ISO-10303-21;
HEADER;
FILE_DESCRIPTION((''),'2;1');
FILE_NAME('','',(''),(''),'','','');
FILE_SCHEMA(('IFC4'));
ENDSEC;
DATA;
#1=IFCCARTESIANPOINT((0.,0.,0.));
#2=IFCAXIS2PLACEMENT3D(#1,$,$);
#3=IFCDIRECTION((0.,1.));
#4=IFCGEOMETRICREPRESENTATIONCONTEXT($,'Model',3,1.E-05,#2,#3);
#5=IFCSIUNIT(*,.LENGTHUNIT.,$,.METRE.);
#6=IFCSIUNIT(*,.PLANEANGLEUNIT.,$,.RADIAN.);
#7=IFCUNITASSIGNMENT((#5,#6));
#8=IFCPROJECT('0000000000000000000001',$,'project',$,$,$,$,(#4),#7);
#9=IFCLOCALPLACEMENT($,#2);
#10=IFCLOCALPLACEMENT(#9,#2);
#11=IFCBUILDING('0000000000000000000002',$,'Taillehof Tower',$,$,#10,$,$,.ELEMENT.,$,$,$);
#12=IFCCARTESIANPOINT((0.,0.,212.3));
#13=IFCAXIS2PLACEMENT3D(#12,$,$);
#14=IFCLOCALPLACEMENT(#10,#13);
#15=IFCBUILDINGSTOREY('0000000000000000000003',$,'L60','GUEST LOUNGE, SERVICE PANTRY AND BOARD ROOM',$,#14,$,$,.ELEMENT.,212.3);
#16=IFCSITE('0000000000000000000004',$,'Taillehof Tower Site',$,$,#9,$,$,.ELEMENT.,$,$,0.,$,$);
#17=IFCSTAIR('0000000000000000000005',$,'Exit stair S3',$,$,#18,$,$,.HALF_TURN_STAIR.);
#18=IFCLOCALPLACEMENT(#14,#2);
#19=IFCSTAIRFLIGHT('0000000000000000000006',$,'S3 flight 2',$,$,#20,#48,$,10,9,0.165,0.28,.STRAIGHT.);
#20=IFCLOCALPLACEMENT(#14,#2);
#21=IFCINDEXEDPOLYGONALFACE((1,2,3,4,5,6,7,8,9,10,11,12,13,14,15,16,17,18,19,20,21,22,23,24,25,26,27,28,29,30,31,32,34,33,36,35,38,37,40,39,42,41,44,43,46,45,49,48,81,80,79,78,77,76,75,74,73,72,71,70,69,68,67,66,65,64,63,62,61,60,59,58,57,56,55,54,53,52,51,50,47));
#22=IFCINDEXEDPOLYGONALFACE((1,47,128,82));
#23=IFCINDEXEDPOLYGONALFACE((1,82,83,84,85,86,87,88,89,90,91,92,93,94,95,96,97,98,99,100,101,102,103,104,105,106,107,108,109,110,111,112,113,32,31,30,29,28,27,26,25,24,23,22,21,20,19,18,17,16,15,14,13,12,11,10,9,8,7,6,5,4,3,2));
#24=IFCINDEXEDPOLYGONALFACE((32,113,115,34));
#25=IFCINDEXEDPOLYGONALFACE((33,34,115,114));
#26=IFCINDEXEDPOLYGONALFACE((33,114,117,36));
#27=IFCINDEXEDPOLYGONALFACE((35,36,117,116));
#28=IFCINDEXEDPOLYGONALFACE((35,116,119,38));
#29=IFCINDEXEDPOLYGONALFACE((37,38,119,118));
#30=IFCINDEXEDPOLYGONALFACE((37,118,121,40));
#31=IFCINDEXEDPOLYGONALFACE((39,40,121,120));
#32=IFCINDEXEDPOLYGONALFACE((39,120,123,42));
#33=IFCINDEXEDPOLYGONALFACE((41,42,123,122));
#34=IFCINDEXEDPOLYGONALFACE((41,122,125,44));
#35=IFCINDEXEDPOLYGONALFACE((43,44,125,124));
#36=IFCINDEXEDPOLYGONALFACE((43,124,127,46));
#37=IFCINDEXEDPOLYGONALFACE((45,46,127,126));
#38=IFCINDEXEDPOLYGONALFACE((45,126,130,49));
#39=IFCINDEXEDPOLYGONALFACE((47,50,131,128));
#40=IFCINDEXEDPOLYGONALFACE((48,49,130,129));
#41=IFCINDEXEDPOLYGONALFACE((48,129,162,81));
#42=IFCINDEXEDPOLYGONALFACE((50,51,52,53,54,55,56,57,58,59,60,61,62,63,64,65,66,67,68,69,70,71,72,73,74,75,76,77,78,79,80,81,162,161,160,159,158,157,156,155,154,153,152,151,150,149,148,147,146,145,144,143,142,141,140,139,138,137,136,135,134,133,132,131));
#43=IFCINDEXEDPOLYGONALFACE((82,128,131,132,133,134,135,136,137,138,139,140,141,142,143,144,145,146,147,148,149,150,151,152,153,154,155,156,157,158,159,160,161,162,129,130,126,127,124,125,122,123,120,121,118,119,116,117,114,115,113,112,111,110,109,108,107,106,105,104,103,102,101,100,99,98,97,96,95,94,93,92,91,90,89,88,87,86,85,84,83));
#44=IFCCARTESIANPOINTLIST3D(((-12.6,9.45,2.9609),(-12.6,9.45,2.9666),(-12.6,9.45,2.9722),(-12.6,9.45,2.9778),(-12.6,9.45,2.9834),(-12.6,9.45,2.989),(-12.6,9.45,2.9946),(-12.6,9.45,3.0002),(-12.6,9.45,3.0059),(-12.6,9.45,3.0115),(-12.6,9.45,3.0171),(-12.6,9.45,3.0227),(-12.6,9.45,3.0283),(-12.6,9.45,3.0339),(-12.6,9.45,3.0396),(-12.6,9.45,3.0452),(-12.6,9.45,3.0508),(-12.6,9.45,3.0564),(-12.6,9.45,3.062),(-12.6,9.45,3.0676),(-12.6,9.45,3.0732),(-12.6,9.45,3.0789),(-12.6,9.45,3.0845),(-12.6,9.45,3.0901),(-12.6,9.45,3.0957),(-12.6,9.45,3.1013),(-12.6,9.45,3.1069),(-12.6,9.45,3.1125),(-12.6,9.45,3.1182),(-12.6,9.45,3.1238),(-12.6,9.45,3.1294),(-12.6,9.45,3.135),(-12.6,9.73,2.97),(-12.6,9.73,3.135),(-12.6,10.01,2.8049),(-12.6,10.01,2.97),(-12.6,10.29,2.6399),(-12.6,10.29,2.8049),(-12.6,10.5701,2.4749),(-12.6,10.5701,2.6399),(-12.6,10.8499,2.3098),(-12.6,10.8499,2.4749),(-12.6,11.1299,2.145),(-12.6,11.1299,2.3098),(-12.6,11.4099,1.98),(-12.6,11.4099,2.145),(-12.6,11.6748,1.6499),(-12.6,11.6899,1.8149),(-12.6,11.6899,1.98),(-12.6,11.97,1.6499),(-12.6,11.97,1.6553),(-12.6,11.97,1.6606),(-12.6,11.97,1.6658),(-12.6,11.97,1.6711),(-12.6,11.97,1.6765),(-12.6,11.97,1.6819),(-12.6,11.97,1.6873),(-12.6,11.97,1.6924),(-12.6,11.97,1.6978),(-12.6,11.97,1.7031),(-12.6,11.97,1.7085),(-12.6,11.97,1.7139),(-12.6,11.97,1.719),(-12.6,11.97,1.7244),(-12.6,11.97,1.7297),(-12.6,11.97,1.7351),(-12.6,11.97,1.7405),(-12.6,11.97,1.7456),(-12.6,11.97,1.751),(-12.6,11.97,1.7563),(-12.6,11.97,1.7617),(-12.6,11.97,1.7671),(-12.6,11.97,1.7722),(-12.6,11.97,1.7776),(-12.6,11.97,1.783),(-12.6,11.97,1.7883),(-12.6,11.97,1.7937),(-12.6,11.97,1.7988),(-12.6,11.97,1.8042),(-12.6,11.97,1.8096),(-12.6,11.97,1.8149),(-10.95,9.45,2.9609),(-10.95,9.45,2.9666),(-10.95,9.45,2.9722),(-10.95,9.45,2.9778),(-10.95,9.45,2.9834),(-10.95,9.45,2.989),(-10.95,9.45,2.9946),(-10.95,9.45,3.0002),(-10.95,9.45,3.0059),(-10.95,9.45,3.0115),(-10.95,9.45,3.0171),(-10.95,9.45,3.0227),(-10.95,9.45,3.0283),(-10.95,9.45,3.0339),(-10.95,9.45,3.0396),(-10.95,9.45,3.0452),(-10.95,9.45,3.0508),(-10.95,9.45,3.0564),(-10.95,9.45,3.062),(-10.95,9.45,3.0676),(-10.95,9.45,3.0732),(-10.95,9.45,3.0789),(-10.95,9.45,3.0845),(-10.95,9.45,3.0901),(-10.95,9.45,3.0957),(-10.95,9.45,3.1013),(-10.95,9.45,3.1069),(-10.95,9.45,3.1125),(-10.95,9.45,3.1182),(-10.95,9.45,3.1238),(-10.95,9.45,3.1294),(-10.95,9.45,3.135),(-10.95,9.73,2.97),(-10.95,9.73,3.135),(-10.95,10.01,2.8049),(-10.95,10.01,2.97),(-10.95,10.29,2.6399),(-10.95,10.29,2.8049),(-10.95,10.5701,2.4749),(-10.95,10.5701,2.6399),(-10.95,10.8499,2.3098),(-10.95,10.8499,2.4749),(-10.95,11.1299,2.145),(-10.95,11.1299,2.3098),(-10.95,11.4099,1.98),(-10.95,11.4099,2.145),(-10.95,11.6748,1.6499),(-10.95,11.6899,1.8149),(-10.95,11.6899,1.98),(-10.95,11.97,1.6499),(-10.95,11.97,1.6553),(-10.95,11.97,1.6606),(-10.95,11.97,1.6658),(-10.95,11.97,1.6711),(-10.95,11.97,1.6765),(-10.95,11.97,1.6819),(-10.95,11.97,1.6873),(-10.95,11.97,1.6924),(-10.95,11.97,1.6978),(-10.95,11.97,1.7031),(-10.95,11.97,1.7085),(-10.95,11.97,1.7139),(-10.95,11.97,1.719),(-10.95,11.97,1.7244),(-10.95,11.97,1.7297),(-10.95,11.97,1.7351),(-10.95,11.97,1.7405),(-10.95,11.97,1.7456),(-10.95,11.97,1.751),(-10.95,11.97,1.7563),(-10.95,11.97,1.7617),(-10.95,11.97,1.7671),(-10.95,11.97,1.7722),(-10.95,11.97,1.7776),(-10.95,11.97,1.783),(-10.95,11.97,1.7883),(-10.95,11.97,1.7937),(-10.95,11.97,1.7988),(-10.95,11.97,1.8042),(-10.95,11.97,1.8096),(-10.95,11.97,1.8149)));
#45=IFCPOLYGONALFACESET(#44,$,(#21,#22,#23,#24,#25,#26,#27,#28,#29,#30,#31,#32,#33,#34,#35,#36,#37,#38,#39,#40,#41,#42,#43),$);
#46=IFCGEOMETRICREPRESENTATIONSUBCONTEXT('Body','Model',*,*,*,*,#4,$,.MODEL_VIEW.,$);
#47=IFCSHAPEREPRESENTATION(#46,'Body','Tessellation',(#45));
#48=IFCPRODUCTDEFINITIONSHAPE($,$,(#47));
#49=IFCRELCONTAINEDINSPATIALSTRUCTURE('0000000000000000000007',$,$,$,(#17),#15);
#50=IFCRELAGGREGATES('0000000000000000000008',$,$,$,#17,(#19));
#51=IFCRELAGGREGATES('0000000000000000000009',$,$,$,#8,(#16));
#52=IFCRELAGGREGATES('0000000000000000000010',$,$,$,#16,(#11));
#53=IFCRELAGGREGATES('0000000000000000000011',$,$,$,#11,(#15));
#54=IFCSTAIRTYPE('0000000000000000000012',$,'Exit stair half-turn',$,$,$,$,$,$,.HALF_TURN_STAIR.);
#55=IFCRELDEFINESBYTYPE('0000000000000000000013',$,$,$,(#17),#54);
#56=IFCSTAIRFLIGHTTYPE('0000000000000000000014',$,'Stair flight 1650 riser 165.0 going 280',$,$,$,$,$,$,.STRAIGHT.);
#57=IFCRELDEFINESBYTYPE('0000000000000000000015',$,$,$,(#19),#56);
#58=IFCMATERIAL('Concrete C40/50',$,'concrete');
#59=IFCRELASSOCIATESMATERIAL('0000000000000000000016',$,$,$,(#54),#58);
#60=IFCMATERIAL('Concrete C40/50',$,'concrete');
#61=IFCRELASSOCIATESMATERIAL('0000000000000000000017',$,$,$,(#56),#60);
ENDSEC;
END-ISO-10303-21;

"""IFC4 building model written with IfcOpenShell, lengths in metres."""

from ifc_helpers import new_model, si_unit, direction, frame, origin, place, context, subcontext, project, spatial, polyline, outline, extrude, material, type_object, element, aggregate, save


model = new_model("IFC4")

# Units and contexts
model_context = context("Model", 3, precision=1e-05, world=origin(), true_north=direction((0.0, 1.0)))
body_context = subcontext(model_context, "Body", "Model", "MODEL_VIEW")
ifc_project = project(units=[si_unit("LENGTHUNIT", "METRE"), si_unit("PLANEANGLEUNIT", "RADIAN")], contexts=[model_context])

# Site, building, storey
site_placement = place(None, origin())
site = spatial("IfcSite", under=ifc_project, at=site_placement, Name="Taillehof Tower Site", CompositionType="ELEMENT", RefElevation=0.0)
building_placement = place(site_placement, origin())
building = spatial("IfcBuilding", under=site, at=building_placement, Name="Taillehof Tower", CompositionType="ELEMENT")
storey_placement = place(building_placement, frame((0.0, 0.0, 212.3)))
storey = spatial("IfcBuildingStorey", under=building, at=storey_placement, Name="L60", Description="GUEST LOUNGE, SERVICE PANTRY AND BOARD ROOM", CompositionType="ELEMENT", Elevation=212.3)

# Stair, stair flight
ifc_material_1 = material(Name="Concrete C40/50", Category="concrete")
stair_type = type_object("IfcStairType", Name="Exit stair half-turn", PredefinedType="HALF_TURN_STAIR", material=ifc_material_1)
stair_placement = place(storey_placement, origin())
stair = element("IfcStair", 1, at=stair_placement, inside=storey, type_object=stair_type, Name="Exit stair S3", PredefinedType="HALF_TURN_STAIR")
ifc_material_2 = material(Name="Concrete C40/50", Category="concrete")
stair_flight_type = type_object("IfcStairFlightType", Name="Stair flight 1650 riser 165.0 going 280", PredefinedType="STRAIGHT", material=ifc_material_2)
stair_flight_placement = place(storey_placement, frame((-11.7749, 11.97, 1.6499), z_axis=(0.0, 0.0, 1.0), x_axis=(0.0, -1.0, 0.0)))
stair_flight = element("IfcStairFlight", 2, at=stair_flight_placement, type_object=stair_flight_type, Name="S3 flight 2", NumberOfRisers=10, NumberOfTreads=9, PredefinedType="STRAIGHT", RiserHeight=0.165, TreadLength=0.28, context=body_context, shape_type="SweptSolid", body=[
    extrude(outline(polyline([(0.0, 0.0), (0.0, 0.0054), (0.0, 0.0107), (0.0, 0.0159), (0.0, 0.0212), (0.0, 0.0266), (0.0, 0.032), (0.0, 0.0374), (0.0, 0.0425), (0.0, 0.0479), (0.0, 0.0532), (0.0, 0.0586), (0.0, 0.064), (0.0, 0.0691), (0.0, 0.0745), (0.0, 0.0798), (0.0, 0.0852), (0.0, 0.0906), (0.0, 0.0957), (0.0, 0.1011), (0.0, 0.1064), (0.0, 0.1118), (0.0, 0.1172), (0.0, 0.1223), (0.0, 0.1277), (0.0, 0.1331), (0.0, 0.1384), (0.0, 0.1438), (0.0, 0.1489), (0.0, 0.1543), (0.0, 0.1597), (0.0, 0.165), (0.28, 0.165), (0.28, 0.3301), (0.5601, 0.3301), (0.5601, 0.4951), (0.8401, 0.4951), (0.8401, 0.6599), (1.1201, 0.6599), (1.1201, 0.825), (1.3999, 0.825), (1.3999, 0.99), (1.6799, 0.99), (1.6799, 1.155), (1.96, 1.155), (1.96, 1.3201), (2.24, 1.3201), (2.24, 1.4851), (2.52, 1.4851), (2.52, 1.4795), (2.52, 1.4739), (2.52, 1.4683), (2.52, 1.4626), (2.52, 1.457), (2.52, 1.4514), (2.52, 1.4458), (2.52, 1.4402), (2.52, 1.4346), (2.52, 1.429), (2.52, 1.4233), (2.52, 1.4177), (2.52, 1.4121), (2.52, 1.4065), (2.52, 1.4009), (2.52, 1.3953), (2.52, 1.3896), (2.52, 1.384), (2.52, 1.3784), (2.52, 1.3728), (2.52, 1.3672), (2.52, 1.3616), (2.52, 1.356), (2.52, 1.3503), (2.52, 1.3447), (2.52, 1.3391), (2.52, 1.3335), (2.52, 1.3279), (2.52, 1.3223), (2.52, 1.3167), (2.52, 1.311), (0.2952, 0.0), (0.0, 0.0)])), frame((0.0, 0.825, 0.0), z_axis=(0.0, -1.0, 0.0), x_axis=(1.0, 0.0, 0.0)), (0.0, 0.0, 1.0), 1.65),
])
aggregate(stair, [stair_flight])

save(model, "model.ifc")
